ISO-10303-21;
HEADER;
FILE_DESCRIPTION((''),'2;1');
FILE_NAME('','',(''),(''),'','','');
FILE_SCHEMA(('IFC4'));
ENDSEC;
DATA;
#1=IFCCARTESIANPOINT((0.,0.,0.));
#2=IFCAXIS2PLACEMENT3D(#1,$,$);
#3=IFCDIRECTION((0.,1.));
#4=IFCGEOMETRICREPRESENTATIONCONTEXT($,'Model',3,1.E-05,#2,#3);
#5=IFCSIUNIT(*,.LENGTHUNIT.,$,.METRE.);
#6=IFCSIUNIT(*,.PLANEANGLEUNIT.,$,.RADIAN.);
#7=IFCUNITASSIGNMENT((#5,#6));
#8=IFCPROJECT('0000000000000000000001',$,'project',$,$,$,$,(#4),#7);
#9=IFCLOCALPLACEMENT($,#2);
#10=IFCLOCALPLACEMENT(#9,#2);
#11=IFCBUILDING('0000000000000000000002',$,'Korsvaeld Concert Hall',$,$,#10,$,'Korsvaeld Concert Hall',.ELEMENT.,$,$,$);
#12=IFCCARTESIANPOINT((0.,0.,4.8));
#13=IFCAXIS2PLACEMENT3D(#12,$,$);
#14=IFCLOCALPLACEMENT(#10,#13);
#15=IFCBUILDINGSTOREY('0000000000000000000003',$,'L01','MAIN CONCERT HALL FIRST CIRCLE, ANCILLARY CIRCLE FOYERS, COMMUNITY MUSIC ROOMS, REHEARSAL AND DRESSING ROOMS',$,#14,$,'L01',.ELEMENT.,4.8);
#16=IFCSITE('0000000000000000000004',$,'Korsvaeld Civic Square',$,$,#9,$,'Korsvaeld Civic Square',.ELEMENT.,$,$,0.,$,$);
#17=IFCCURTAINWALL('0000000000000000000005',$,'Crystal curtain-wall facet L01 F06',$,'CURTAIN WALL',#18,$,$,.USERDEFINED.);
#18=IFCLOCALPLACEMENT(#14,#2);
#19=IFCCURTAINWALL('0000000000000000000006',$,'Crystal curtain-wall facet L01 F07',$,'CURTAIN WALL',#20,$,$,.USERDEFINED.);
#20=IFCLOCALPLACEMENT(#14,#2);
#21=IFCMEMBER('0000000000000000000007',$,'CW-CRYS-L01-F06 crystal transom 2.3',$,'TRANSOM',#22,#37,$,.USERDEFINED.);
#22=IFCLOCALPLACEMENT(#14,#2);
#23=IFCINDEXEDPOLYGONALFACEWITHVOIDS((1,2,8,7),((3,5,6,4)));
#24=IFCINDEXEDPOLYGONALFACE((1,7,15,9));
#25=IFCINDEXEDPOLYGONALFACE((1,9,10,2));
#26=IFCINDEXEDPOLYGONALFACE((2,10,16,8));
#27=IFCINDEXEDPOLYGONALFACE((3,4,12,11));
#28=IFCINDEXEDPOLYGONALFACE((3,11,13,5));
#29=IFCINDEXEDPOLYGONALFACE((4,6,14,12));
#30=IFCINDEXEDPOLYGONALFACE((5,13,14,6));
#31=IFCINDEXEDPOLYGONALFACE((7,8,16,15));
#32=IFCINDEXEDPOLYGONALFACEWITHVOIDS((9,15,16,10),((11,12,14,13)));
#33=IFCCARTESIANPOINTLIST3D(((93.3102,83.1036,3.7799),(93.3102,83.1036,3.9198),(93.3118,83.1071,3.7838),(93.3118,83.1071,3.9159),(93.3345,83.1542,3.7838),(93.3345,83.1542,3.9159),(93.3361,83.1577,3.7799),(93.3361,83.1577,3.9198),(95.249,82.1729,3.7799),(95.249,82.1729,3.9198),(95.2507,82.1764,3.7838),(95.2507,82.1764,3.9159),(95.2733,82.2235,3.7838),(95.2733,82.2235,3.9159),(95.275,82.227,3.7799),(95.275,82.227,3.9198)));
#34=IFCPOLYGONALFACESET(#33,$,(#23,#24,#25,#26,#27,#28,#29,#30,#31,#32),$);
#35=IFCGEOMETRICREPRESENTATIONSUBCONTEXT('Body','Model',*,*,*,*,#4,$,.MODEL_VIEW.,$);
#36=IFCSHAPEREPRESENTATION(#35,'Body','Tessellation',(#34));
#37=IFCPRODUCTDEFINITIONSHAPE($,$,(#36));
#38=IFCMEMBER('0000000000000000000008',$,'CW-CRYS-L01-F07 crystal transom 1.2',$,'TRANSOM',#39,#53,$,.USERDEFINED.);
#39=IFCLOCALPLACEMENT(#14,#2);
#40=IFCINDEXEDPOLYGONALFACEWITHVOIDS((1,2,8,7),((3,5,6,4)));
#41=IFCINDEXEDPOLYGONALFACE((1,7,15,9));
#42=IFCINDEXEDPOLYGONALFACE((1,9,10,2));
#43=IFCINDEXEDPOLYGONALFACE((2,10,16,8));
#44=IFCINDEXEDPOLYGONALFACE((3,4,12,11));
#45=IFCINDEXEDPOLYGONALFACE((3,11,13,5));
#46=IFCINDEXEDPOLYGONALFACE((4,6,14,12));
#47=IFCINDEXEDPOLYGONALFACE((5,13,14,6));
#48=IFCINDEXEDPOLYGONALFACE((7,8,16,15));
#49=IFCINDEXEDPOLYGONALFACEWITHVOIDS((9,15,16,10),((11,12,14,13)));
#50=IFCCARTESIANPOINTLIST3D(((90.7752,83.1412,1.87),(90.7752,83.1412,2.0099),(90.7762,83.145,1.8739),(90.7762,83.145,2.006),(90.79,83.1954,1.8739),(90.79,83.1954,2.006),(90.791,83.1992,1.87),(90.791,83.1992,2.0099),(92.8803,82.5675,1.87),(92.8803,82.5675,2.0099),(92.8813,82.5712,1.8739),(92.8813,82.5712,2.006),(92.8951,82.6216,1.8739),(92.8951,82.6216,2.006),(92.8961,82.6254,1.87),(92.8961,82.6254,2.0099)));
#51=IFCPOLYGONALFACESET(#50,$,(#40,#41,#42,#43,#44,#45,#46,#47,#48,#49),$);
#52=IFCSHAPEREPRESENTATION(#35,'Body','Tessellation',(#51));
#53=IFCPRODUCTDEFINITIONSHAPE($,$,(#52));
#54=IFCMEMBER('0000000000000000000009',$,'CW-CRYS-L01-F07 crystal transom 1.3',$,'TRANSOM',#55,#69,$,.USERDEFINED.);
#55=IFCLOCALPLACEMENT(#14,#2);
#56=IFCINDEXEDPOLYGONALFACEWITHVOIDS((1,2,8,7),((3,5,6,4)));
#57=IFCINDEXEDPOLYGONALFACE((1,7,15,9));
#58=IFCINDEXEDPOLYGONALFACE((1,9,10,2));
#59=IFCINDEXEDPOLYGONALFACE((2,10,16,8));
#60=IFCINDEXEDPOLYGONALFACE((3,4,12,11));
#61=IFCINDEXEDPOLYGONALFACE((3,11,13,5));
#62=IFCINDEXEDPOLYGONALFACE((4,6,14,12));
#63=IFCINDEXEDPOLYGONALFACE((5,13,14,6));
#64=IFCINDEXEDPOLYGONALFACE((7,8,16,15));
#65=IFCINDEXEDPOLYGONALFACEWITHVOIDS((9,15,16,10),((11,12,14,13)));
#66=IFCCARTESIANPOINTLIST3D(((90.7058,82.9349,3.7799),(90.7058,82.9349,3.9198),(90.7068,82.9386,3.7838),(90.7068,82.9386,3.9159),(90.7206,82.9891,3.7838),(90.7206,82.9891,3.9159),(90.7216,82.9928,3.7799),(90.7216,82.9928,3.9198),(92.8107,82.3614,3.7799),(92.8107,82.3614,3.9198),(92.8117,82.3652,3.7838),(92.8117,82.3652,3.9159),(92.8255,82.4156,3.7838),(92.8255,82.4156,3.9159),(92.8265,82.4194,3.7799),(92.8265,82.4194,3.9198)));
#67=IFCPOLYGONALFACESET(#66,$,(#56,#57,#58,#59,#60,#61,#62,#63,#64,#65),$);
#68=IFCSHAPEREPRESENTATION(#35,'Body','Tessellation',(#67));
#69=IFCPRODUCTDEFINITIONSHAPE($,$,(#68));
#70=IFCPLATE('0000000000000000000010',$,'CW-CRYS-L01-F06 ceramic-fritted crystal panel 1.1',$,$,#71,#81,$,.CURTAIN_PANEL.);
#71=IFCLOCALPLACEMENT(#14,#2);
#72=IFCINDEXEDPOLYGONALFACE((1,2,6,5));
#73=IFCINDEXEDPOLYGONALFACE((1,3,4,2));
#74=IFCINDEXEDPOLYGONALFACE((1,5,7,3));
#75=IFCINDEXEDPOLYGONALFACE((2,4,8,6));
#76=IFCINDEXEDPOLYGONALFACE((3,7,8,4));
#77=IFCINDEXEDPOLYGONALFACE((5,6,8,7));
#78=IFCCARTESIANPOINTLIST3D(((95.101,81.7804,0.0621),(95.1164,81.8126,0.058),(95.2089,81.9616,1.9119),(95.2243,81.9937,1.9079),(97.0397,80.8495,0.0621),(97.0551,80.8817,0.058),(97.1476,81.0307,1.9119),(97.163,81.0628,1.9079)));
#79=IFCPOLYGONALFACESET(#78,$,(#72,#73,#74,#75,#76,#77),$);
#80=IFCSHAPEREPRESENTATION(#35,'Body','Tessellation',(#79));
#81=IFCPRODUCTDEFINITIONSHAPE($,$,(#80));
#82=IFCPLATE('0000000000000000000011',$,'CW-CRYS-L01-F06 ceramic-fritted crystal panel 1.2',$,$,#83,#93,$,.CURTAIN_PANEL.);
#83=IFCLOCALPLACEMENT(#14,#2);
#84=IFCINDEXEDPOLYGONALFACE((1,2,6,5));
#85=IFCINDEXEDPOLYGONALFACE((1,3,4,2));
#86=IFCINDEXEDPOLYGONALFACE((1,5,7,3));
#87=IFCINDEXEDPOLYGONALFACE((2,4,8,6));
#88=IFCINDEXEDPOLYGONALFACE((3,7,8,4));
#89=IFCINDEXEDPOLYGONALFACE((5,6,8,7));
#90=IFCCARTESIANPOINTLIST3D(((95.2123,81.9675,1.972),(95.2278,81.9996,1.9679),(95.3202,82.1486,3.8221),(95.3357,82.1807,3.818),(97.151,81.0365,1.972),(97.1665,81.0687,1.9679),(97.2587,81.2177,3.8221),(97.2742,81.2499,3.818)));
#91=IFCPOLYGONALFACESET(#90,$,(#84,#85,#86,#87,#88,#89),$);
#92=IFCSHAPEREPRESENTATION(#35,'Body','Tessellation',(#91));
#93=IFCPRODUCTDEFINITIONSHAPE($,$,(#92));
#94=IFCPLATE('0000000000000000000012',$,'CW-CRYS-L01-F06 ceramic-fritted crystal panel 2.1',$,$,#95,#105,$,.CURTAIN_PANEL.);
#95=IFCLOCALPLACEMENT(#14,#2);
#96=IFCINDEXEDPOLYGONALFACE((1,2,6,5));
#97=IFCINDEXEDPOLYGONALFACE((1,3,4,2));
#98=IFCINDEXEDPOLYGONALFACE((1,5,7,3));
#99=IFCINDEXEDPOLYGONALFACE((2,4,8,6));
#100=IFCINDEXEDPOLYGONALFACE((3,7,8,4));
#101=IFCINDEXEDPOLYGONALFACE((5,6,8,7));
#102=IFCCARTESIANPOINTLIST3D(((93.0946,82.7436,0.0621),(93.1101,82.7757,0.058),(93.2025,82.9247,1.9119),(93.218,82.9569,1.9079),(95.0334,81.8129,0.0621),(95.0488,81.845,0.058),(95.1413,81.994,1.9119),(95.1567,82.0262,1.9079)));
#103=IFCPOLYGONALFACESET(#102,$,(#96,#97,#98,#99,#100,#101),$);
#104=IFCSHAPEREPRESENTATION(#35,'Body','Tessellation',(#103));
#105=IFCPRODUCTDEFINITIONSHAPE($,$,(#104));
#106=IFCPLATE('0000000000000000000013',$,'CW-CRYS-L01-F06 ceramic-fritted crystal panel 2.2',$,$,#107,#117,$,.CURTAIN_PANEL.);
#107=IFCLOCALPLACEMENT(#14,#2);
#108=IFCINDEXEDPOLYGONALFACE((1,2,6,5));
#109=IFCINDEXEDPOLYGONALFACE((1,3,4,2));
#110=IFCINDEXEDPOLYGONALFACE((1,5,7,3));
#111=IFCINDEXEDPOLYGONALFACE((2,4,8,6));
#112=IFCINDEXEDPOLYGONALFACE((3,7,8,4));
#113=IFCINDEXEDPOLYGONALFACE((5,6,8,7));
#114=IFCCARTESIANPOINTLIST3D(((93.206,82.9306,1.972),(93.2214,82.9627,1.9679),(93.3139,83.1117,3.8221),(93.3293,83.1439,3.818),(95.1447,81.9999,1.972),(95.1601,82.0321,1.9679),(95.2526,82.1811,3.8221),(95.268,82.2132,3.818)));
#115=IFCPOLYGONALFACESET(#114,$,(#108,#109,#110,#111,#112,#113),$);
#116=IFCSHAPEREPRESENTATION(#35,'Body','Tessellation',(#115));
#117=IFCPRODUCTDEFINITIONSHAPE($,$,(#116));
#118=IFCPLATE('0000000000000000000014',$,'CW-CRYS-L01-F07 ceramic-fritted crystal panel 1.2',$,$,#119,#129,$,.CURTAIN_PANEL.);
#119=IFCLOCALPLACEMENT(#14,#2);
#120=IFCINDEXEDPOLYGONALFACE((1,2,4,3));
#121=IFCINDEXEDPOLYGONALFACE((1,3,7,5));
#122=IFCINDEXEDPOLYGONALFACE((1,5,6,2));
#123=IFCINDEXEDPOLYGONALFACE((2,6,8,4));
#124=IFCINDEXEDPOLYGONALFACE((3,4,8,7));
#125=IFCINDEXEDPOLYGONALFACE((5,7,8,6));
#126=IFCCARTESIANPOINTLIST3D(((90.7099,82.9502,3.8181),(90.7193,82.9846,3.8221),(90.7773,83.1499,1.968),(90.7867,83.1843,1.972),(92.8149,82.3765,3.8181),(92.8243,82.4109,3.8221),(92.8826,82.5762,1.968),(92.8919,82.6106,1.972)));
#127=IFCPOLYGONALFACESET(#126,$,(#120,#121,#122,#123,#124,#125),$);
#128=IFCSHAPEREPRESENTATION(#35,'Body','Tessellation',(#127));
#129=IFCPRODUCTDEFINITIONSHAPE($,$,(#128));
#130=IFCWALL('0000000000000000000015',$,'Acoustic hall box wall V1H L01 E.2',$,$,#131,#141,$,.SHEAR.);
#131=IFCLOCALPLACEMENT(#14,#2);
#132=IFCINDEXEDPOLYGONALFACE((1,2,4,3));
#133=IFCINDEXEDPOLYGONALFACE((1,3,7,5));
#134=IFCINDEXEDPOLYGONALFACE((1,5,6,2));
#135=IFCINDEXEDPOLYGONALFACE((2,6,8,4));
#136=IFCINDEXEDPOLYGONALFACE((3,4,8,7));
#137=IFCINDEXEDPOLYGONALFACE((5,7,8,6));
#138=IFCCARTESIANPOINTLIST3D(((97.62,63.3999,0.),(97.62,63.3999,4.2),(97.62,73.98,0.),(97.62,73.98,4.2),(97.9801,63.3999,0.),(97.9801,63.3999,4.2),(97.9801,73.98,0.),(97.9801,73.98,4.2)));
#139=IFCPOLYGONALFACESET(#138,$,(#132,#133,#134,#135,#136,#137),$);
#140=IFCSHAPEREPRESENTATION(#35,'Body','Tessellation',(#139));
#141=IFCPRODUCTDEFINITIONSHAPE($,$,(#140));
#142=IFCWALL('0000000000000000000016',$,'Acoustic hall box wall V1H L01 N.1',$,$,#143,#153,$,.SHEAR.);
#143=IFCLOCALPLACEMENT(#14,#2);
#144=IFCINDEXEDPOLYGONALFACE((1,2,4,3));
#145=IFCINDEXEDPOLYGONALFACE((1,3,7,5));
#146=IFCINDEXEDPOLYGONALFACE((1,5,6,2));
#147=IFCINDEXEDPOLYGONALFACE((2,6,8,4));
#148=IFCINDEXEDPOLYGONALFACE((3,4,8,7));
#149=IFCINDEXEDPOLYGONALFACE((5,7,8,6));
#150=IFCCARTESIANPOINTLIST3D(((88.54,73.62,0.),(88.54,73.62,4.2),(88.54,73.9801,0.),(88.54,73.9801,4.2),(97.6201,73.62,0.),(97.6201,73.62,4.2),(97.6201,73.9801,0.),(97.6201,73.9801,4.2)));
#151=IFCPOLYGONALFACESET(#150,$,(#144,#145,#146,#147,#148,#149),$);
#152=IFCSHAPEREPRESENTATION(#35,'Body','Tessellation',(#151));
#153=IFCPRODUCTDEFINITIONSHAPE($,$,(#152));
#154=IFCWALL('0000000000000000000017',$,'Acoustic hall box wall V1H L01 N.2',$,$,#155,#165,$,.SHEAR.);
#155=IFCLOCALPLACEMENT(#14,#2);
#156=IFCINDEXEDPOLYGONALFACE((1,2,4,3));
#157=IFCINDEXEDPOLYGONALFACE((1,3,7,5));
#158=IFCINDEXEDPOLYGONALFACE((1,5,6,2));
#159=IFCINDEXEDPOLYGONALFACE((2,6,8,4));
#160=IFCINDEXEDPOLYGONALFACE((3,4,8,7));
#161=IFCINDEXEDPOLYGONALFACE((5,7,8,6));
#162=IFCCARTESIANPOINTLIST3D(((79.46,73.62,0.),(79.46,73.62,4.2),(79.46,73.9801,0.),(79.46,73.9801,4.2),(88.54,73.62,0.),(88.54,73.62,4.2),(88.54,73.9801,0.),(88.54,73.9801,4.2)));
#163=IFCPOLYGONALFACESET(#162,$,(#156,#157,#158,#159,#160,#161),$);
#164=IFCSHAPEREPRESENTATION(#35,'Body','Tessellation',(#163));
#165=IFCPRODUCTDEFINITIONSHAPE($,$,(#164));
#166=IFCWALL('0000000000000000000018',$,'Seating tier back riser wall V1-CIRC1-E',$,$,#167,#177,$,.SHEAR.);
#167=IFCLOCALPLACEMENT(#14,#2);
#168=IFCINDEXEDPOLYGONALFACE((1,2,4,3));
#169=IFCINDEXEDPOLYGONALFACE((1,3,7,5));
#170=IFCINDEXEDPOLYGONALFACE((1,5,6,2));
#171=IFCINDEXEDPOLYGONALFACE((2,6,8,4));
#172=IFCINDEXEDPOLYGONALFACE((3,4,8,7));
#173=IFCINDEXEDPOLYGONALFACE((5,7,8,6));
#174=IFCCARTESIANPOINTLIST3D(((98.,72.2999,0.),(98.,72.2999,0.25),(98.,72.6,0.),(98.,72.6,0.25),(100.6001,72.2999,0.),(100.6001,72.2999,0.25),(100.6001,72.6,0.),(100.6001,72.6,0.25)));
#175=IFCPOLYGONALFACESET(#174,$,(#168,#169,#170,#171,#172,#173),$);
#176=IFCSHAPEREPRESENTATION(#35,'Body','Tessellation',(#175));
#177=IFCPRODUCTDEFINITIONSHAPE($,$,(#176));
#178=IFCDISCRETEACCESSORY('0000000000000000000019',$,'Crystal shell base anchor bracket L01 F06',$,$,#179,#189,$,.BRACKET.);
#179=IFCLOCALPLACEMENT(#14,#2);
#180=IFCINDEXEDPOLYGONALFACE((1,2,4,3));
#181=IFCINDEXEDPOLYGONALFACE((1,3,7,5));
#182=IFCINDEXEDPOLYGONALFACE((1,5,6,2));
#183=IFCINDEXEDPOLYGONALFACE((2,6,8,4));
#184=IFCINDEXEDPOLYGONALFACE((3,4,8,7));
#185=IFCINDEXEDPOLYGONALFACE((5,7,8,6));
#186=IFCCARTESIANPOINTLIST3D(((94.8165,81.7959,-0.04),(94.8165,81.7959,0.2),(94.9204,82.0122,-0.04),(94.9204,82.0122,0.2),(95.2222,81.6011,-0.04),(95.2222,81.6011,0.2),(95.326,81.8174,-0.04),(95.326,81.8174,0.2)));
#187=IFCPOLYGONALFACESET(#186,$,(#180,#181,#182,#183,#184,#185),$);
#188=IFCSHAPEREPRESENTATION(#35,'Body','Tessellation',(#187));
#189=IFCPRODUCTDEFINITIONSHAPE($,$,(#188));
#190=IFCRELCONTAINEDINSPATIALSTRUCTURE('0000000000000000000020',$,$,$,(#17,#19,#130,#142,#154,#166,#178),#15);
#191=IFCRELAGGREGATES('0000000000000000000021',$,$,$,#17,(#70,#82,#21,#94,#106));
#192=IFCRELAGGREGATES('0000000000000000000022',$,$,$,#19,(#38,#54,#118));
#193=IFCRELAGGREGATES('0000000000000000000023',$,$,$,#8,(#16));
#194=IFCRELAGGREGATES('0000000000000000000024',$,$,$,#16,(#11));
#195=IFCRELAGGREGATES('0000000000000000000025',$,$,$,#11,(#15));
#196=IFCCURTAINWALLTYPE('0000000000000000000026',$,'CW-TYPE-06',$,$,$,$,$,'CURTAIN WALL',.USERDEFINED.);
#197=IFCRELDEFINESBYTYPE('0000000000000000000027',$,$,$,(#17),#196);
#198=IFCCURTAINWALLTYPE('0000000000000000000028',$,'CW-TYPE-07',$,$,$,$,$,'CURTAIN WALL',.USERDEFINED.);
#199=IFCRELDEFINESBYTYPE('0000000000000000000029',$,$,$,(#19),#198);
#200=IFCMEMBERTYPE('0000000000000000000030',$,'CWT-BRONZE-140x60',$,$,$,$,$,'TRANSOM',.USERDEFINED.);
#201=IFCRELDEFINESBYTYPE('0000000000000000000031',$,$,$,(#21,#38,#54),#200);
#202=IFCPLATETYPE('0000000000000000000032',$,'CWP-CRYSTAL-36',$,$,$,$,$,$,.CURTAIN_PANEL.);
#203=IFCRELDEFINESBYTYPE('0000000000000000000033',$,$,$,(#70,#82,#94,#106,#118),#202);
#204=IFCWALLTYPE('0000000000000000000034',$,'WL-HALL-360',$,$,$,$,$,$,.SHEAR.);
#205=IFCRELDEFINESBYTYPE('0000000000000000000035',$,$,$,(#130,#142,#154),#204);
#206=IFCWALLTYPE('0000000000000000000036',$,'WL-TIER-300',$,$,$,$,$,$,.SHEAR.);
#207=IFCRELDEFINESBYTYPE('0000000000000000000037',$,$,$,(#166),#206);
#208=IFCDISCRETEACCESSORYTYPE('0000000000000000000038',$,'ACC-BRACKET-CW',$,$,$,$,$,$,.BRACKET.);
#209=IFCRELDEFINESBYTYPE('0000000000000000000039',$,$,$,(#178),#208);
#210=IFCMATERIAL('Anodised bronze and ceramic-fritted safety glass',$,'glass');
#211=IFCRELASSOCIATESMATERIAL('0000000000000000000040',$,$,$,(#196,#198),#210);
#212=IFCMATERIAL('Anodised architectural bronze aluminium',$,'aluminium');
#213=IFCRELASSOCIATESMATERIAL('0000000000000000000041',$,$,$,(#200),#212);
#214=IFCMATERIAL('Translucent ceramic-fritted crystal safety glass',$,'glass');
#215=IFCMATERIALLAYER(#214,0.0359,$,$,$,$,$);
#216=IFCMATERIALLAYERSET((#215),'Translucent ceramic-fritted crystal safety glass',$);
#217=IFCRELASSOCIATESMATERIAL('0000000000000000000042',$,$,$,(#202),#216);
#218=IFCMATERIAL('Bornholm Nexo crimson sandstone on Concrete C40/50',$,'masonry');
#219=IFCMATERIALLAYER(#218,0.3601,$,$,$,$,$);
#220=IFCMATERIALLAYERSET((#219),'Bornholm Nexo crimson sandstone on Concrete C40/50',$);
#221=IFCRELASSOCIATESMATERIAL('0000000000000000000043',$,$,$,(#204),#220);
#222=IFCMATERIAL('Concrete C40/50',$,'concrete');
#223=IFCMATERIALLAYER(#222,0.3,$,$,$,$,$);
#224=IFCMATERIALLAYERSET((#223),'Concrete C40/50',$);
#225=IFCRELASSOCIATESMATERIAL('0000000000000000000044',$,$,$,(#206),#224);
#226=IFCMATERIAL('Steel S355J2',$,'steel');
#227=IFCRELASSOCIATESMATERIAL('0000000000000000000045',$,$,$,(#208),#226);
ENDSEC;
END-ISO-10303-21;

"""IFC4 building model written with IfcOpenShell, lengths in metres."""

from ifc_helpers import new_model, si_unit, direction, frame, frame_2d, origin, origin_2d, place, context, subcontext, project, spatial, polyline, rectangle, hollow_rectangle, outline, extrude, material, layer, layer_set, material_profile, profile_set, type_object, element, aggregate, save


model = new_model("IFC4")

# Units and contexts
model_context = context("Model", 3, precision=1e-05, world=origin(), true_north=direction((0.0, 1.0)))
body_context = subcontext(model_context, "Body", "Model", "MODEL_VIEW")
ifc_project = project(units=[si_unit("LENGTHUNIT", "METRE"), si_unit("PLANEANGLEUNIT", "RADIAN")], contexts=[model_context])

# Site, building, storey
site_placement = place(None, origin())
site = spatial("IfcSite", under=ifc_project, at=site_placement, Name="Korsvaeld Civic Square", LongName="Korsvaeld Civic Square", CompositionType="ELEMENT", RefElevation=0.0)
building_placement = place(site_placement, origin())
building = spatial("IfcBuilding", under=site, at=building_placement, Name="Korsvaeld Concert Hall", LongName="Korsvaeld Concert Hall", CompositionType="ELEMENT")
storey_placement = place(building_placement, frame((0.0, 0.0, 4.8)))
storey = spatial("IfcBuildingStorey", under=building, at=storey_placement, Name="L01", Description="MAIN CONCERT HALL FIRST CIRCLE, ANCILLARY CIRCLE FOYERS, COMMUNITY MUSIC ROOMS, REHEARSAL AND DRESSING ROOMS", LongName="L01", CompositionType="ELEMENT", Elevation=4.8)

# Shared definitions
ifc_material_1 = material(Name="Concrete C40/50", Category="concrete")

# Curtain wall
ifc_material_2 = material(Name="Anodised bronze and ceramic-fritted safety glass", Category="glass")
curtain_wall_type_1 = type_object("IfcCurtainWallType", Name="CW-TYPE-06", ElementType="CURTAIN WALL", PredefinedType="USERDEFINED", material=ifc_material_2)
curtain_wall_1_placement = place(storey_placement, origin())
curtain_wall_1 = element("IfcCurtainWall", 1, at=curtain_wall_1_placement, inside=storey, type_object=curtain_wall_type_1, Name="Crystal curtain-wall facet L01 F06", ObjectType="CURTAIN WALL", PredefinedType="USERDEFINED")
ifc_material_3 = material(Name="Anodised architectural bronze aluminium", Category="aluminium")

# Curtain wall
curtain_wall_type_2 = type_object("IfcCurtainWallType", Name="CW-TYPE-07", ElementType="CURTAIN WALL", PredefinedType="USERDEFINED", material=ifc_material_2)
curtain_wall_2_placement = place(storey_placement, origin())
curtain_wall_2 = element("IfcCurtainWall", 2, at=curtain_wall_2_placement, inside=storey, type_object=curtain_wall_type_2, Name="Crystal curtain-wall facet L01 F07", ObjectType="CURTAIN WALL", PredefinedType="USERDEFINED")

# Members
ifc_material_profile_1 = material_profile(ifc_material_3, hollow_rectangle(XDim=0.0601, YDim=0.1399, WallThickness=0.0039, at=origin_2d()), Name="CWT 140x60x4")
ifc_profile_set_1 = profile_set([ifc_material_profile_1], Name="Anodised architectural bronze aluminium")
member_type_1 = type_object("IfcMemberType", Name="CWT-BRONZE-140x60", ElementType="TRANSOM", PredefinedType="USERDEFINED", material=ifc_profile_set_1)
member_1_placement = place(storey_placement, frame((95.262, 82.2, 3.8499), z_axis=(-0.901509, 0.432761, 0.0), x_axis=(-0.432761, -0.901509, 0.0)))
member_1 = element("IfcMember", 3, at=member_1_placement, type_object=member_type_1, Name="CW-CRYS-L01-F06 crystal transom 2.3", ObjectType="TRANSOM", PredefinedType="USERDEFINED", context=body_context, shape_type="SweptSolid", body=[
    extrude(hollow_rectangle(XDim=0.0601, YDim=0.1399, WallThickness=0.0039, at=origin_2d()), origin(), (0.0, 0.0, 1.0), 2.1506),
])
member_2_placement = place(storey_placement, frame((92.8882, 82.5964, 1.9399), z_axis=(-0.964805, 0.262966, 0.0), x_axis=(-0.262966, -0.964805, 0.0)))
member_2 = element("IfcMember", 4, at=member_2_placement, type_object=member_type_1, Name="CW-CRYS-L01-F07 crystal transom 1.2", ObjectType="TRANSOM", PredefinedType="USERDEFINED", context=body_context, shape_type="SweptSolid", body=[
    extrude(hollow_rectangle(XDim=0.0601, YDim=0.1399, WallThickness=0.0039, at=origin_2d()), origin(), (0.0, 0.0, 1.0), 2.1819),
])
member_3_placement = place(storey_placement, frame((92.8186, 82.3904, 3.8499), z_axis=(-0.964834, 0.262862, 0.0), x_axis=(-0.262862, -0.964834, 0.0)))
member_3 = element("IfcMember", 5, at=member_3_placement, type_object=member_type_1, Name="CW-CRYS-L01-F07 crystal transom 1.3", ObjectType="TRANSOM", PredefinedType="USERDEFINED", context=body_context, shape_type="SweptSolid", body=[
    extrude(hollow_rectangle(XDim=0.0601, YDim=0.1399, WallThickness=0.0039, at=origin_2d()), origin(), (0.0, 0.0, 1.0), 2.1816),
])

# Plates
ifc_material_4 = material(Name="Translucent ceramic-fritted crystal safety glass", Category="glass")
ifc_layer_1 = layer(ifc_material_4, 0.0359)
ifc_layer_set_1 = layer_set([ifc_layer_1], Name="Translucent ceramic-fritted crystal safety glass")
plate_type = type_object("IfcPlateType", Name="CWP-CRYSTAL-36", PredefinedType="CURTAIN_PANEL", material=ifc_layer_set_1)
plate_1_placement = place(storey_placement, frame((97.0474, 80.8655, 0.0601), z_axis=(0.43009, 0.895711, -0.112804), x_axis=(-0.901465, 0.432853, 0.0)))
plate_1 = element("IfcPlate", 6, at=plate_1_placement, type_object=plate_type, Name="CW-CRYS-L01-F06 ceramic-fritted crystal panel 1.1", PredefinedType="CURTAIN_PANEL", context=body_context, shape_type="SweptSolid", body=[
    extrude(outline(polyline([(0.0, 0.0), (2.1506, 0.0), (2.1318, 1.8617), (-0.0189, 1.8617), (0.0, 0.0)])), frame((0.0, 0.0, 0.0181)), (0.0, 0.0, -1.0), 0.0359),
])
plate_2_placement = place(storey_placement, frame((97.1587, 81.0525, 1.97), z_axis=(0.430114, 0.895705, -0.112762), x_axis=(-0.901454, 0.432875, -0.000003)))
plate_2 = element("IfcPlate", 7, at=plate_2_placement, type_object=plate_type, Name="CW-CRYS-L01-F06 ceramic-fritted crystal panel 1.2", PredefinedType="CURTAIN_PANEL", context=body_context, shape_type="SweptSolid", body=[
    extrude(outline(polyline([(0.0, 0.0), (2.1506, 0.0), (2.1318, 1.862), (-0.0186, 1.862), (0.0, 0.0)])), frame((0.0, 0.0, 0.0181)), (0.0, 0.0, -1.0), 0.0359),
])
plate_3_placement = place(storey_placement, frame((95.041, 81.8289, 0.0601), z_axis=(0.429998, 0.895755, -0.112803), x_axis=(-0.901509, 0.432761, 0.0)))
plate_3 = element("IfcPlate", 8, at=plate_3_placement, type_object=plate_type, Name="CW-CRYS-L01-F06 ceramic-fritted crystal panel 2.1", PredefinedType="CURTAIN_PANEL", context=body_context, shape_type="SweptSolid", body=[
    extrude(outline(polyline([(0.0, 0.0), (2.1505, 0.0), (2.1316, 1.8617), (-0.0189, 1.8617), (0.0, 0.0)])), frame((0.0, 0.0, 0.0181)), (0.0, 0.0, -1.0), 0.0359),
])
plate_4_placement = place(storey_placement, frame((95.1523, 82.0159, 1.97), z_axis=(0.429999, 0.895756, -0.112788), x_axis=(-0.901509, 0.432761, 0.0)))
plate_4 = element("IfcPlate", 9, at=plate_4_placement, type_object=plate_type, Name="CW-CRYS-L01-F06 ceramic-fritted crystal panel 2.2", PredefinedType="CURTAIN_PANEL", context=body_context, shape_type="SweptSolid", body=[
    extrude(outline(polyline([(0.0, 0.0), (2.1505, 0.0), (2.1316, 1.862), (-0.0189, 1.862), (0.0, 0.0)])), frame((0.0, 0.0, 0.0181)), (0.0, 0.0, -1.0), 0.0359),
])
aggregate(curtain_wall_1, [plate_1, plate_2, member_1, plate_3, plate_4])
plate_5_placement = place(storey_placement, frame((92.8872, 82.5933, 1.97), z_axis=(0.261267, 0.958628, 0.113011), x_axis=(-0.964809, 0.262952, 0.000002)))
plate_5 = element("IfcPlate", 10, at=plate_5_placement, type_object=plate_type, Name="CW-CRYS-L01-F07 ceramic-fritted crystal panel 1.2", PredefinedType="CURTAIN_PANEL", context=body_context, shape_type="SweptSolid", body=[
    extrude(outline(polyline([(0.0, 0.0), (2.182, 0.0), (2.1945, 1.862), (0.0127, 1.862), (0.0, 0.0)])), frame((0.0, 0.0, 0.0181)), (0.0, 0.0, -1.0), 0.0359),
])
aggregate(curtain_wall_2, [member_2, member_3, plate_5])

# Walls
ifc_material_5 = material(Name="Bornholm Nexo crimson sandstone on Concrete C40/50", Category="masonry")
ifc_layer_2 = layer(ifc_material_5, 0.3601)
ifc_layer_set_2 = layer_set([ifc_layer_2], Name="Bornholm Nexo crimson sandstone on Concrete C40/50")
wall_type_1 = type_object("IfcWallType", Name="WL-HALL-360", PredefinedType="SHEAR", material=ifc_layer_set_2)
wall_1_placement = place(storey_placement, frame((97.8, 63.3999, 0.0), z_axis=(0.0, 0.0, 1.0), x_axis=(0.0, 1.0, 0.0)))
element("IfcWall", 11, at=wall_1_placement, inside=storey, type_object=wall_type_1, Name="Acoustic hall box wall V1H L01 E.2", PredefinedType="SHEAR", context=body_context, shape_type="SweptSolid", body=[
    extrude(rectangle(XDim=10.5801, YDim=0.3601, at=frame_2d((5.29, 0.0))), origin(), (0.0, 0.0, 1.0), 4.2),
])
for number, where, z_axis, x_axis, name in (
    (12, (97.6201, 73.8, 0.0), (0.0, 0.0, 1.0), (-1.0, 0.0, 0.0), "Acoustic hall box wall V1H L01 N.1"),
    (13, (88.54, 73.8, 0.0), (0.0, 0.0, 1.0), (-1.0, 0.0, 0.0), "Acoustic hall box wall V1H L01 N.2"),
):
    element("IfcWall", number, at=place(storey_placement, frame(where, z_axis=z_axis, x_axis=x_axis)), inside=storey, type_object=wall_type_1, Name=name, PredefinedType="SHEAR", context=body_context, shape_type="SweptSolid", body=[
        extrude(rectangle(XDim=9.0801, YDim=0.3601, at=frame_2d((4.54, 0.0))), origin(), (0.0, 0.0, 1.0), 4.2),
    ])
ifc_layer_3 = layer(ifc_material_1, 0.3)
ifc_layer_set_3 = layer_set([ifc_layer_3], Name="Concrete C40/50")
wall_type_2 = type_object("IfcWallType", Name="WL-TIER-300", PredefinedType="SHEAR", material=ifc_layer_set_3)
wall_2_placement = place(storey_placement, frame((98.0, 72.45, 0.0), z_axis=(0.0, 0.0, 1.0), x_axis=(1.0, 0.0, 0.0)))
element("IfcWall", 14, at=wall_2_placement, inside=storey, type_object=wall_type_2, Name="Seating tier back riser wall V1-CIRC1-E", PredefinedType="SHEAR", context=body_context, shape_type="SweptSolid", body=[
    extrude(rectangle(XDim=2.6001, YDim=0.3, at=frame_2d((1.3, 0.0))), origin(), (0.0, 0.0, 1.0), 0.25),
])

# Discrete accessory
ifc_material_6 = material(Name="Steel S355J2", Category="steel")
discrete_accessory_type = type_object("IfcDiscreteAccessoryType", Name="ACC-BRACKET-CW", PredefinedType="BRACKET", material=ifc_material_6)
discrete_accessory_placement = place(storey_placement, frame((95.0713, 81.8066, -0.04), z_axis=(0.0, 0.0, 1.0), x_axis=(-0.901455, 0.432873, 0.0)))
element("IfcDiscreteAccessory", 15, at=discrete_accessory_placement, inside=storey, type_object=discrete_accessory_type, Name="Crystal shell base anchor bracket L01 F06", PredefinedType="BRACKET", context=body_context, shape_type="SweptSolid", body=[
    extrude(rectangle(XDim=0.45, YDim=0.24, at=origin_2d()), origin(), (0.0, 0.0, 1.0), 0.24),
])

save(model, "model.ifc")
